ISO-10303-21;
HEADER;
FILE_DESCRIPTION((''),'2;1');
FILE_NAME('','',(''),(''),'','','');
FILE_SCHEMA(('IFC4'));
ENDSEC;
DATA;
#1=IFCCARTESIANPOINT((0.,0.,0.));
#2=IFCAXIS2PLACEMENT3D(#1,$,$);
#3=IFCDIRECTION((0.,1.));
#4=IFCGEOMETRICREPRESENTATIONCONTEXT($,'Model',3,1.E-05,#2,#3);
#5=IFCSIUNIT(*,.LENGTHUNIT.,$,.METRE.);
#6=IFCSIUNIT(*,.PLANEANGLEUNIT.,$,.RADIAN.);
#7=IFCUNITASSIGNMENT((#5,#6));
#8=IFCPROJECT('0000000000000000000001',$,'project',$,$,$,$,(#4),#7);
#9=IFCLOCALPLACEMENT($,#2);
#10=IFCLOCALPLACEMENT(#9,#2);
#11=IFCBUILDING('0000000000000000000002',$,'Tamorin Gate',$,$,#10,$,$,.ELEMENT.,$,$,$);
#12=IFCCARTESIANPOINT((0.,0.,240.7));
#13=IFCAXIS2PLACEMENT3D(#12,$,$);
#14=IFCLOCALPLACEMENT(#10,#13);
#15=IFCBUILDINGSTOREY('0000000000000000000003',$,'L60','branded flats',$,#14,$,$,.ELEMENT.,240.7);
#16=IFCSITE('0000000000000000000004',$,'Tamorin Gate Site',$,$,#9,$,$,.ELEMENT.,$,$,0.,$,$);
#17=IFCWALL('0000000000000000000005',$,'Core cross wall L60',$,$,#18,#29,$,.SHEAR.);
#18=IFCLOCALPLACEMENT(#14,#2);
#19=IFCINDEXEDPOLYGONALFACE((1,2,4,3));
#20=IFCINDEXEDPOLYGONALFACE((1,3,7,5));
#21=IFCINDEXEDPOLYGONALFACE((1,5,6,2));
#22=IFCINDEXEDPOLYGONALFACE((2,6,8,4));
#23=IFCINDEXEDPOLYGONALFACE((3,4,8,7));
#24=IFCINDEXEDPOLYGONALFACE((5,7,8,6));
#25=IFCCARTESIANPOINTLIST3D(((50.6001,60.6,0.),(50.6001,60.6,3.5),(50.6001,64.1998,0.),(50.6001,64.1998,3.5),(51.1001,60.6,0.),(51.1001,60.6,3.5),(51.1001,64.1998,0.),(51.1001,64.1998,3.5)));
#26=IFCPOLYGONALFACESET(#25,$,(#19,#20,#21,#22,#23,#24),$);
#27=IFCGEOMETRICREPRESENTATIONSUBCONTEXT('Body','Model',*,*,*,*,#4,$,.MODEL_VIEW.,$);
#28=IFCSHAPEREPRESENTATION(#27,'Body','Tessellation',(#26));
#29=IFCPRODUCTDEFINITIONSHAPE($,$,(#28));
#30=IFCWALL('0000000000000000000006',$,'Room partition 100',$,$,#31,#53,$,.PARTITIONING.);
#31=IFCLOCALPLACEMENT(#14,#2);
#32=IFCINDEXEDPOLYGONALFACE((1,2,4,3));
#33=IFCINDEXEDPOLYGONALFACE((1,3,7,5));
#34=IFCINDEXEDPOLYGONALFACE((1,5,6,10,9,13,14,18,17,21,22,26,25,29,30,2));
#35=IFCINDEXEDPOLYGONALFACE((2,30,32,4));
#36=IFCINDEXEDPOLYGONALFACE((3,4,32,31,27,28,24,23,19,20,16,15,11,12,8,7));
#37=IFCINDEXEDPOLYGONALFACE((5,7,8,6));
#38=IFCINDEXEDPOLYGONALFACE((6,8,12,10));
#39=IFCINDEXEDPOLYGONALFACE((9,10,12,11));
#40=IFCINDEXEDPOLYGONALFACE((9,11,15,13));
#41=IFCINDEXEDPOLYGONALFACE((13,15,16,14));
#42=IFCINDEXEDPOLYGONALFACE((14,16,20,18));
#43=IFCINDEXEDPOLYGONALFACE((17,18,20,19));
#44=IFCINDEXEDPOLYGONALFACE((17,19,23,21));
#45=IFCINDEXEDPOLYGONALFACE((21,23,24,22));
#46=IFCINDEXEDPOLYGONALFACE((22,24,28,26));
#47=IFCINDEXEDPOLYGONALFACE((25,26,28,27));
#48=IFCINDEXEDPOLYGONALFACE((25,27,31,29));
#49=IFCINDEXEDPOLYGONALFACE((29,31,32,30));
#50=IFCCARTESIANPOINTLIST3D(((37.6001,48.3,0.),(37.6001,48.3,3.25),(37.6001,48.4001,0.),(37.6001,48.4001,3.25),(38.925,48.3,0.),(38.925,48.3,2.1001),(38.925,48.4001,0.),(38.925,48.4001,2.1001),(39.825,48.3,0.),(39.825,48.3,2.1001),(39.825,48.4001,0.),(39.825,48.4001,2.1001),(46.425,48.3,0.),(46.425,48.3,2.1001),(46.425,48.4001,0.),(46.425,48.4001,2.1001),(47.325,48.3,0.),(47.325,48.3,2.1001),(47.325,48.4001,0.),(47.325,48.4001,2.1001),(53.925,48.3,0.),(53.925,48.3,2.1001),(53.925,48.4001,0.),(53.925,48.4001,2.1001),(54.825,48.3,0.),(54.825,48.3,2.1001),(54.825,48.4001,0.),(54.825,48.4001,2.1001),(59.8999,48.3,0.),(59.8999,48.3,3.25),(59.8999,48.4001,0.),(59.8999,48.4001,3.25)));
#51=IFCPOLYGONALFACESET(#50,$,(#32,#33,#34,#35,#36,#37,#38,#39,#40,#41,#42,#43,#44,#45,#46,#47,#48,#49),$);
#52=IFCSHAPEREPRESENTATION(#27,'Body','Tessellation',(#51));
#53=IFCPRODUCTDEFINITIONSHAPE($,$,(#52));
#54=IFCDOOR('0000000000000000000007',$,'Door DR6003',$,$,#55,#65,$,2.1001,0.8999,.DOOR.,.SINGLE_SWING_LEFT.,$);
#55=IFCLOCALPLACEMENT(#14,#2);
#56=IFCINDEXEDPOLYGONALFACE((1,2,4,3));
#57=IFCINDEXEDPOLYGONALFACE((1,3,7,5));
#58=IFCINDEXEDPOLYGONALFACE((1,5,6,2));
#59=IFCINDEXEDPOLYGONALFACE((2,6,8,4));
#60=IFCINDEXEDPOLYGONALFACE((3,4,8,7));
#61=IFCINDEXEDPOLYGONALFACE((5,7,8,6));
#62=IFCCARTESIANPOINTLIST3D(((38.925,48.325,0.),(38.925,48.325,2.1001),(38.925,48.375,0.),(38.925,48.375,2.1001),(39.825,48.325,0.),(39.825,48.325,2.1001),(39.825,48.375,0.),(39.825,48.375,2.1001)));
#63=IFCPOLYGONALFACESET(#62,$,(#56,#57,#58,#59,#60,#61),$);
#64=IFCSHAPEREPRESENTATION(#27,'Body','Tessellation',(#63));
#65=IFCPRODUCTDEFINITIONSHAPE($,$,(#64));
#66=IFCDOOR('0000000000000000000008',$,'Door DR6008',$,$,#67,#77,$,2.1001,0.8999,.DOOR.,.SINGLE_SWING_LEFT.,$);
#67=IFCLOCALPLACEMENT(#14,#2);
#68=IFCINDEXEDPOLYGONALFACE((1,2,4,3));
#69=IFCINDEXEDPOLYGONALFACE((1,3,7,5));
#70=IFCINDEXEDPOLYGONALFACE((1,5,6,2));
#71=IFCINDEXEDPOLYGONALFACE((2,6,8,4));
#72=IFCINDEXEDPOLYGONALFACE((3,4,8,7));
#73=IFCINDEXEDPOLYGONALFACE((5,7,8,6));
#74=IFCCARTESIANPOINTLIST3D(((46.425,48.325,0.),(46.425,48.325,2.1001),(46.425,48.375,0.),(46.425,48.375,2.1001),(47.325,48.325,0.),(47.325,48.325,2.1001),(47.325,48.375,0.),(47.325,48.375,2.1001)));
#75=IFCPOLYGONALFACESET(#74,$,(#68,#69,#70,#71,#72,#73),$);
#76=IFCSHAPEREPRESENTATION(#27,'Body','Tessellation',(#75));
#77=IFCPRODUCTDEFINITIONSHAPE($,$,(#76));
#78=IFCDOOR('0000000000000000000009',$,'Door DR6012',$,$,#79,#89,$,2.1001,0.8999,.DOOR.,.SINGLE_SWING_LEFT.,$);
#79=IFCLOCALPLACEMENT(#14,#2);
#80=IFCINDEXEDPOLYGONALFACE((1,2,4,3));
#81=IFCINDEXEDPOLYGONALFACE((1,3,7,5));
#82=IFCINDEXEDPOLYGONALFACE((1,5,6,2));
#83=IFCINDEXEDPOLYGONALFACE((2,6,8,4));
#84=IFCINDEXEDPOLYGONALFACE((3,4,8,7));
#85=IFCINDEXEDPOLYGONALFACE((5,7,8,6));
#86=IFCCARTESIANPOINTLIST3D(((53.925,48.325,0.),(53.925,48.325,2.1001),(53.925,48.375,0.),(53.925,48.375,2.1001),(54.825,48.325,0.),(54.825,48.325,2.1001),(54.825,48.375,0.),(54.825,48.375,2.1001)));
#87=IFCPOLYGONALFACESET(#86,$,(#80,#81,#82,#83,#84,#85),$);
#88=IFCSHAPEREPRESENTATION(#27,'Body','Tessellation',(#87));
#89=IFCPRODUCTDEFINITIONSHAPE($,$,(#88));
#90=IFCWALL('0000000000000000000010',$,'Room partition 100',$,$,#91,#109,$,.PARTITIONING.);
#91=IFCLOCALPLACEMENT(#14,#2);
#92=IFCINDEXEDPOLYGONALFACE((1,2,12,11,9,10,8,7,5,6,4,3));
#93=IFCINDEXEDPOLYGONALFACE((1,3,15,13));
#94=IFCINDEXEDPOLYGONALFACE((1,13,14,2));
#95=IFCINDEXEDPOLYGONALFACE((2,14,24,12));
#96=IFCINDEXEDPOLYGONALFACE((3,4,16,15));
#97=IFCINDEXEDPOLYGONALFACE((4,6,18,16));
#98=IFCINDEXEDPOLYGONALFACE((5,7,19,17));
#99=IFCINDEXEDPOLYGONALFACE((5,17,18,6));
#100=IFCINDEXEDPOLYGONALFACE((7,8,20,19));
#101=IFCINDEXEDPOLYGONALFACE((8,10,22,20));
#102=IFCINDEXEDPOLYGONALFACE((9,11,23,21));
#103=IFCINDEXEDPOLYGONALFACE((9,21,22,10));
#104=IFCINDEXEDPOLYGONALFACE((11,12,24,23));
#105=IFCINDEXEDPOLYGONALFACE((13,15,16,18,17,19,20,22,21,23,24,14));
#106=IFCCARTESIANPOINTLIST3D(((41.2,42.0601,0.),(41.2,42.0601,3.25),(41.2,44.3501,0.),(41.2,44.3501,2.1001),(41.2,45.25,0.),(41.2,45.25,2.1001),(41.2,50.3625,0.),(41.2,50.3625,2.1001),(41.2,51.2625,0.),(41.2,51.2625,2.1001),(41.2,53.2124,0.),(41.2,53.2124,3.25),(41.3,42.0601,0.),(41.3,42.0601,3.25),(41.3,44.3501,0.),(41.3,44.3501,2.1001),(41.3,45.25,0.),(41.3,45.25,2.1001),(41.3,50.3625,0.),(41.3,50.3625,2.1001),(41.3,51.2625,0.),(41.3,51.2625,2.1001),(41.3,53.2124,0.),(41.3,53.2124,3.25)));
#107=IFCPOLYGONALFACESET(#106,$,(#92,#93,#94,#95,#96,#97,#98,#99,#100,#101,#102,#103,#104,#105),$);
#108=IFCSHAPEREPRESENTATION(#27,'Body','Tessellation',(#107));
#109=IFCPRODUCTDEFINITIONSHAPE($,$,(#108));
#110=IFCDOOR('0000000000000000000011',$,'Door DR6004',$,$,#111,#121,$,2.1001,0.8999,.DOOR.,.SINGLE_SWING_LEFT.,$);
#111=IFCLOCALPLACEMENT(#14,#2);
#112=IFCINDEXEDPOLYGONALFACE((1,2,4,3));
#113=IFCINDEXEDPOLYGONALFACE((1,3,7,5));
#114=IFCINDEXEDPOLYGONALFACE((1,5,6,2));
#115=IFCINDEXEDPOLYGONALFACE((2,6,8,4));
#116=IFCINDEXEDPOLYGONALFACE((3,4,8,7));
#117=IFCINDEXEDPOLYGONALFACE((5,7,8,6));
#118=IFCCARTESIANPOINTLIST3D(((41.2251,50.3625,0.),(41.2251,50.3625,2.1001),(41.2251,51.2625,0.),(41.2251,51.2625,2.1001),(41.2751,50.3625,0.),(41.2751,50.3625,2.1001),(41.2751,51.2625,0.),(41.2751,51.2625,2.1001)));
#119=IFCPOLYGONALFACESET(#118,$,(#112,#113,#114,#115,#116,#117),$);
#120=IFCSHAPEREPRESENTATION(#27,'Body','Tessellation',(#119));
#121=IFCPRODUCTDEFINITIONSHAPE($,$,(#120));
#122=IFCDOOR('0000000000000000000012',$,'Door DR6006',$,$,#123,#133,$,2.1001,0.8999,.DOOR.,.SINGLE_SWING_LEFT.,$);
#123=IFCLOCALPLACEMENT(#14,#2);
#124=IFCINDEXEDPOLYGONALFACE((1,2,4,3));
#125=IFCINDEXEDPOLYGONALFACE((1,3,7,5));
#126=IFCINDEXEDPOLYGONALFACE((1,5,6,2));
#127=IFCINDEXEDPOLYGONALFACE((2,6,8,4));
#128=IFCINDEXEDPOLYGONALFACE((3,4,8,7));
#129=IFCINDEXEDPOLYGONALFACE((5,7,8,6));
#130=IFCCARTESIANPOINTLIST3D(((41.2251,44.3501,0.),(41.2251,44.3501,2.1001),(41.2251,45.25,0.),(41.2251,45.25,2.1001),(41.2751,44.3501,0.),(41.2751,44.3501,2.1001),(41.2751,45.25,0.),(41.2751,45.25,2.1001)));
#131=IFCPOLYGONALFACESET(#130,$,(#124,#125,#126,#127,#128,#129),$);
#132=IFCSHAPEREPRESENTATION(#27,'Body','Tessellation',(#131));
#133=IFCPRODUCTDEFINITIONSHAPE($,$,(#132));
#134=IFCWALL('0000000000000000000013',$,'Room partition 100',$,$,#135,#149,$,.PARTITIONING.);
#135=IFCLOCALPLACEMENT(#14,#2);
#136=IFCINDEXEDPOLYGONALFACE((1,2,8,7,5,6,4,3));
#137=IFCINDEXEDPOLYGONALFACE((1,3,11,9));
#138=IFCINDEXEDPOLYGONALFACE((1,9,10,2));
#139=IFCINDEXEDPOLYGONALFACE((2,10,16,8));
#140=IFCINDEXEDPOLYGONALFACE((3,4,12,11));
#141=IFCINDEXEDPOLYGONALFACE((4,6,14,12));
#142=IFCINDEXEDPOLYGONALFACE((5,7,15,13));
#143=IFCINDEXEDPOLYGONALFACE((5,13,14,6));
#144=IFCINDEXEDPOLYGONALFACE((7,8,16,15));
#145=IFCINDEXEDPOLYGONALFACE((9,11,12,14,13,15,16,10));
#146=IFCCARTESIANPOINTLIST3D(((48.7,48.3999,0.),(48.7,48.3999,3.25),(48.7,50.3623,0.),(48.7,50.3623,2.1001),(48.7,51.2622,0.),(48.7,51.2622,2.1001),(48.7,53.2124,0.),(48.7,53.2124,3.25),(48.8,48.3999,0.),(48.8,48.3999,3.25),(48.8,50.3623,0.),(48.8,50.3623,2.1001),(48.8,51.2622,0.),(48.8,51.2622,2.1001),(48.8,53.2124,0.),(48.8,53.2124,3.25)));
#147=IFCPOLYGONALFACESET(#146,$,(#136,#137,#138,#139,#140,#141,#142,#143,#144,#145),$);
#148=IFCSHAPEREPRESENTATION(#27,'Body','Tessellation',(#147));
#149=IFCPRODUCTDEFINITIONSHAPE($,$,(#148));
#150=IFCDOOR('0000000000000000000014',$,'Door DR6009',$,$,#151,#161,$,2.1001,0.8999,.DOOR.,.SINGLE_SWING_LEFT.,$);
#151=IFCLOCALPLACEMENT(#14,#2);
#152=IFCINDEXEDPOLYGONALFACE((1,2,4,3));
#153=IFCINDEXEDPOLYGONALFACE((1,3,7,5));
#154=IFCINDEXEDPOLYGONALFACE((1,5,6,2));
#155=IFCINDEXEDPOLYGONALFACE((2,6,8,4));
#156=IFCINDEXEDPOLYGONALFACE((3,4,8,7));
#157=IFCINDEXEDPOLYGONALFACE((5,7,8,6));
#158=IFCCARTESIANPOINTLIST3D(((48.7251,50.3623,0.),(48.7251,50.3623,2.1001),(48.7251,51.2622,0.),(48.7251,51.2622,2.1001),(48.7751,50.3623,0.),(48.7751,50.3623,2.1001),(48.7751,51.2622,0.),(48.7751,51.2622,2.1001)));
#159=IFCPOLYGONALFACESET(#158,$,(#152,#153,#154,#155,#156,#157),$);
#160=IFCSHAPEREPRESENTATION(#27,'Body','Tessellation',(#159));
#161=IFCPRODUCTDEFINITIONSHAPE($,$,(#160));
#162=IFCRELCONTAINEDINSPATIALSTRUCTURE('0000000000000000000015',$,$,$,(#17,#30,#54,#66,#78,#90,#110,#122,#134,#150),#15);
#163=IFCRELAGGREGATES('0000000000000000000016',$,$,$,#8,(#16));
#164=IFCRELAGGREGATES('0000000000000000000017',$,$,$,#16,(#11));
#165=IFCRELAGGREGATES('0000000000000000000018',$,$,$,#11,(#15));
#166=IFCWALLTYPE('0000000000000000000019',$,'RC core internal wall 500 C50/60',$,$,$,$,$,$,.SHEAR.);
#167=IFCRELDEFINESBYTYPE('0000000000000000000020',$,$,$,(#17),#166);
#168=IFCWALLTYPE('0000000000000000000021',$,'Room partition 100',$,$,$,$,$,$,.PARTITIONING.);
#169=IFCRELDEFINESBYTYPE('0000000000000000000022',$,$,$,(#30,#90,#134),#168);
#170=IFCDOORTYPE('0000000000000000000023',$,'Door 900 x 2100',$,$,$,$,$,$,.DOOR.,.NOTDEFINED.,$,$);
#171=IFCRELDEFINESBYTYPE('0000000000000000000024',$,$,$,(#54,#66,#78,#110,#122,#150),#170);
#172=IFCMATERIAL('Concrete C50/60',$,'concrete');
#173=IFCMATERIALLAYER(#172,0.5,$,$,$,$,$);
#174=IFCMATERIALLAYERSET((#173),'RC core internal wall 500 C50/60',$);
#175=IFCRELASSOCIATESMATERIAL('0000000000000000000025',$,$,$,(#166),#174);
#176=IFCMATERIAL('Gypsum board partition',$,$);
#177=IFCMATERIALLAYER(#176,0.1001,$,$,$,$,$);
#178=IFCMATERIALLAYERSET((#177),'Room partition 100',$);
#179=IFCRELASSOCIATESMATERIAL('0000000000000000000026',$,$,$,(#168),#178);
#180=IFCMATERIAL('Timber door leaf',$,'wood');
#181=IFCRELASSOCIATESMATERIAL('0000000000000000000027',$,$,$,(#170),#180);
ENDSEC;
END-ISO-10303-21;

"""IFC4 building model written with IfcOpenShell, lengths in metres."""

from ifc_helpers import new_model, si_unit, direction, frame, frame_2d, origin, place, context, subcontext, project, spatial, rectangle, extrude, material, layer, layer_set, type_object, element, fill, save


model = new_model("IFC4")

# Units and contexts
model_context = context("Model", 3, precision=1e-05, world=origin(), true_north=direction((0.0, 1.0)))
body_context = subcontext(model_context, "Body", "Model", "MODEL_VIEW")
ifc_project = project(units=[si_unit("LENGTHUNIT", "METRE"), si_unit("PLANEANGLEUNIT", "RADIAN")], contexts=[model_context])

# Site, building, storey
site_placement = place(None, origin())
site = spatial("IfcSite", under=ifc_project, at=site_placement, Name="Tamorin Gate Site", CompositionType="ELEMENT", RefElevation=0.0)
building_placement = place(site_placement, origin())
building = spatial("IfcBuilding", under=site, at=building_placement, Name="Tamorin Gate", CompositionType="ELEMENT")
storey_placement = place(building_placement, frame((0.0, 0.0, 240.7)))
storey = spatial("IfcBuildingStorey", under=building, at=storey_placement, Name="L60", Description="branded flats", CompositionType="ELEMENT", Elevation=240.7)

# Shared definitions
ifc_material_1 = material(Name="Concrete C50/60", Category="concrete")

# Wall
ifc_material_2 = material(Name="Gypsum board partition")
ifc_layer_1 = layer(ifc_material_1, 0.5)
ifc_layer_set_1 = layer_set([ifc_layer_1], Name="RC core internal wall 500 C50/60")
wall_type_1 = type_object("IfcWallType", Name="RC core internal wall 500 C50/60", PredefinedType="SHEAR", material=ifc_layer_set_1)
wall_1_placement = place(storey_placement, frame((50.8501, 60.6001, 0.0), z_axis=(0.0, 0.0, 1.0), x_axis=(0.0, 1.0, 0.0)))
element("IfcWall", 1, at=wall_1_placement, inside=storey, type_object=wall_type_1, Name="Core cross wall L60", PredefinedType="SHEAR", context=body_context, shape_type="SweptSolid", body=[
    extrude(rectangle(XDim=3.5999, YDim=0.5, at=frame_2d((1.7998, 0.0))), origin(), (0.0, 0.0, 1.0), 3.5),
])

# Walls, openings, doors
ifc_layer_2 = layer(ifc_material_2, 0.1001)
ifc_layer_set_2 = layer_set([ifc_layer_2], Name="Room partition 100")
wall_type_2 = type_object("IfcWallType", Name="Room partition 100", PredefinedType="PARTITIONING", material=ifc_layer_set_2)
wall_2_placement = place(storey_placement, frame((37.6001, 48.3501, 0.0), z_axis=(0.0, 0.0, 1.0), x_axis=(1.0, 0.0, 0.0)))
wall_2 = element("IfcWall", 2, at=wall_2_placement, inside=storey, type_object=wall_type_2, Name="Room partition 100", PredefinedType="PARTITIONING", context=body_context, shape_type="SweptSolid", body=[
    extrude(rectangle(XDim=22.2998, YDim=0.1001, at=frame_2d((11.1499, 0.0))), origin(), (0.0, 0.0, 1.0), 3.25),
])
opening_1_placement = place(wall_2_placement, frame((1.325, 0.0, 0.0)))
opening_1 = element("IfcOpeningElement", 3, at=opening_1_placement, cuts=wall_2, PredefinedType="OPENING", context=body_context, shape_type="SweptSolid", body=[
    extrude(rectangle(XDim=0.8999, YDim=2.1001, at=frame_2d((0.45, 1.05))), frame((0.0, 0.0601, 0.0), z_axis=(0.0, -1.0, 0.0), x_axis=(1.0, 0.0, 0.0)), (0.0, 0.0, 1.0), 0.1201),
])
opening_2_placement = place(wall_2_placement, frame((8.825, 0.0, 0.0)))
opening_2 = element("IfcOpeningElement", 4, at=opening_2_placement, cuts=wall_2, PredefinedType="OPENING", context=body_context, shape_type="SweptSolid", body=[
    extrude(rectangle(XDim=0.8999, YDim=2.1001, at=frame_2d((0.45, 1.05))), frame((0.0, 0.0601, 0.0), z_axis=(0.0, -1.0, 0.0), x_axis=(1.0, 0.0, 0.0)), (0.0, 0.0, 1.0), 0.1201),
])
opening_3_placement = place(wall_2_placement, frame((16.325, 0.0, 0.0)))
opening_3 = element("IfcOpeningElement", 5, at=opening_3_placement, cuts=wall_2, PredefinedType="OPENING", context=body_context, shape_type="SweptSolid", body=[
    extrude(rectangle(XDim=0.8999, YDim=2.1001, at=frame_2d((0.45, 1.05))), frame((0.0, 0.0601, 0.0), z_axis=(0.0, -1.0, 0.0), x_axis=(1.0, 0.0, 0.0)), (0.0, 0.0, 1.0), 0.1201),
])
ifc_material_3 = material(Name="Timber door leaf", Category="wood")
door_type = type_object("IfcDoorType", Name="Door 900 x 2100", OperationType="NOTDEFINED", PredefinedType="DOOR", material=ifc_material_3)
door_1_placement = place(opening_1_placement, origin())
door_1 = element("IfcDoor", 6, at=door_1_placement, inside=storey, type_object=door_type, Name="Door DR6003", OperationType="SINGLE_SWING_LEFT", OverallHeight=2.1001, OverallWidth=0.8999, PredefinedType="DOOR", context=body_context, shape_type="SweptSolid", body=[
    extrude(rectangle(XDim=0.8999, YDim=2.1001, at=frame_2d((0.45, 1.05))), frame((0.0, 0.0249, 0.0), z_axis=(0.0, -1.0, 0.0), x_axis=(1.0, 0.0, 0.0)), (0.0, 0.0, 1.0), 0.05),
])
fill(opening_1, door_1)
door_2_placement = place(opening_2_placement, origin())
door_2 = element("IfcDoor", 7, at=door_2_placement, inside=storey, type_object=door_type, Name="Door DR6008", OperationType="SINGLE_SWING_LEFT", OverallHeight=2.1001, OverallWidth=0.8999, PredefinedType="DOOR", context=body_context, shape_type="SweptSolid", body=[
    extrude(rectangle(XDim=0.8999, YDim=2.1001, at=frame_2d((0.45, 1.05))), frame((0.0, 0.0249, 0.0), z_axis=(0.0, -1.0, 0.0), x_axis=(1.0, 0.0, 0.0)), (0.0, 0.0, 1.0), 0.05),
])
fill(opening_2, door_2)
door_3_placement = place(opening_3_placement, origin())
door_3 = element("IfcDoor", 8, at=door_3_placement, inside=storey, type_object=door_type, Name="Door DR6012", OperationType="SINGLE_SWING_LEFT", OverallHeight=2.1001, OverallWidth=0.8999, PredefinedType="DOOR", context=body_context, shape_type="SweptSolid", body=[
    extrude(rectangle(XDim=0.8999, YDim=2.1001, at=frame_2d((0.45, 1.05))), frame((0.0, 0.0249, 0.0), z_axis=(0.0, -1.0, 0.0), x_axis=(1.0, 0.0, 0.0)), (0.0, 0.0, 1.0), 0.05),
])
fill(opening_3, door_3)
wall_3_placement = place(storey_placement, frame((41.25, 42.0601, 0.0), z_axis=(0.0, 0.0, 1.0), x_axis=(0.0, 1.0, 0.0)))
wall_3 = element("IfcWall", 9, at=wall_3_placement, inside=storey, type_object=wall_type_2, Name="Room partition 100", PredefinedType="PARTITIONING", context=body_context, shape_type="SweptSolid", body=[
    extrude(rectangle(XDim=11.1523, YDim=0.1001, at=frame_2d((5.5762, 0.0))), origin(), (0.0, 0.0, 1.0), 3.25),
])
opening_4_placement = place(wall_3_placement, frame((8.3025, 0.0, 0.0)))
opening_4 = element("IfcOpeningElement", 10, at=opening_4_placement, cuts=wall_3, PredefinedType="OPENING", context=body_context, shape_type="SweptSolid", body=[
    extrude(rectangle(XDim=0.8999, YDim=2.1001, at=frame_2d((0.45, 1.05))), frame((0.0, 0.0601, 0.0), z_axis=(0.0, -1.0, 0.0), x_axis=(1.0, 0.0, 0.0)), (0.0, 0.0, 1.0), 0.1201),
])
opening_5_placement = place(wall_3_placement, frame((2.29, 0.0, 0.0)))
opening_5 = element("IfcOpeningElement", 11, at=opening_5_placement, cuts=wall_3, PredefinedType="OPENING", context=body_context, shape_type="SweptSolid", body=[
    extrude(rectangle(XDim=0.8999, YDim=2.1001, at=frame_2d((0.45, 1.05))), frame((0.0, 0.0601, 0.0), z_axis=(0.0, -1.0, 0.0), x_axis=(1.0, 0.0, 0.0)), (0.0, 0.0, 1.0), 0.1201),
])
door_4_placement = place(opening_4_placement, origin())
door_4 = element("IfcDoor", 12, at=door_4_placement, inside=storey, type_object=door_type, Name="Door DR6004", OperationType="SINGLE_SWING_LEFT", OverallHeight=2.1001, OverallWidth=0.8999, PredefinedType="DOOR", context=body_context, shape_type="SweptSolid", body=[
    extrude(rectangle(XDim=0.8999, YDim=2.1001, at=frame_2d((0.45, 1.05))), frame((0.0, 0.0249, 0.0), z_axis=(0.0, -1.0, 0.0), x_axis=(1.0, 0.0, 0.0)), (0.0, 0.0, 1.0), 0.05),
])
fill(opening_4, door_4)
door_5_placement = place(opening_5_placement, origin())
door_5 = element("IfcDoor", 13, at=door_5_placement, inside=storey, type_object=door_type, Name="Door DR6006", OperationType="SINGLE_SWING_LEFT", OverallHeight=2.1001, OverallWidth=0.8999, PredefinedType="DOOR", context=body_context, shape_type="SweptSolid", body=[
    extrude(rectangle(XDim=0.8999, YDim=2.1001, at=frame_2d((0.45, 1.05))), frame((0.0, 0.0249, 0.0), z_axis=(0.0, -1.0, 0.0), x_axis=(1.0, 0.0, 0.0)), (0.0, 0.0, 1.0), 0.05),
])
fill(opening_5, door_5)

# Wall, opening, door
wall_4_placement = place(storey_placement, frame((48.75, 48.3999, 0.0), z_axis=(0.0, 0.0, 1.0), x_axis=(0.0, 1.0, 0.0)))
wall_4 = element("IfcWall", 14, at=wall_4_placement, inside=storey, type_object=wall_type_2, Name="Room partition 100", PredefinedType="PARTITIONING", context=body_context, shape_type="SweptSolid", body=[
    extrude(rectangle(XDim=4.8125, YDim=0.1001, at=frame_2d((2.4062, 0.0))), origin(), (0.0, 0.0, 1.0), 3.25),
])
opening_6_placement = place(wall_4_placement, frame((1.9624, 0.0, 0.0)))
opening_6 = element("IfcOpeningElement", 15, at=opening_6_placement, cuts=wall_4, PredefinedType="OPENING", context=body_context, shape_type="SweptSolid", body=[
    extrude(rectangle(XDim=0.8999, YDim=2.1001, at=frame_2d((0.45, 1.05))), frame((0.0, 0.0601, 0.0), z_axis=(0.0, -1.0, 0.0), x_axis=(1.0, 0.0, 0.0)), (0.0, 0.0, 1.0), 0.1201),
])
door_6_placement = place(opening_6_placement, origin())
door_6 = element("IfcDoor", 16, at=door_6_placement, inside=storey, type_object=door_type, Name="Door DR6009", OperationType="SINGLE_SWING_LEFT", OverallHeight=2.1001, OverallWidth=0.8999, PredefinedType="DOOR", context=body_context, shape_type="SweptSolid", body=[
    extrude(rectangle(XDim=0.8999, YDim=2.1001, at=frame_2d((0.45, 1.05))), frame((0.0, 0.0249, 0.0), z_axis=(0.0, -1.0, 0.0), x_axis=(1.0, 0.0, 0.0)), (0.0, 0.0, 1.0), 0.05),
])
fill(opening_6, door_6)

save(model, "model.ifc")
